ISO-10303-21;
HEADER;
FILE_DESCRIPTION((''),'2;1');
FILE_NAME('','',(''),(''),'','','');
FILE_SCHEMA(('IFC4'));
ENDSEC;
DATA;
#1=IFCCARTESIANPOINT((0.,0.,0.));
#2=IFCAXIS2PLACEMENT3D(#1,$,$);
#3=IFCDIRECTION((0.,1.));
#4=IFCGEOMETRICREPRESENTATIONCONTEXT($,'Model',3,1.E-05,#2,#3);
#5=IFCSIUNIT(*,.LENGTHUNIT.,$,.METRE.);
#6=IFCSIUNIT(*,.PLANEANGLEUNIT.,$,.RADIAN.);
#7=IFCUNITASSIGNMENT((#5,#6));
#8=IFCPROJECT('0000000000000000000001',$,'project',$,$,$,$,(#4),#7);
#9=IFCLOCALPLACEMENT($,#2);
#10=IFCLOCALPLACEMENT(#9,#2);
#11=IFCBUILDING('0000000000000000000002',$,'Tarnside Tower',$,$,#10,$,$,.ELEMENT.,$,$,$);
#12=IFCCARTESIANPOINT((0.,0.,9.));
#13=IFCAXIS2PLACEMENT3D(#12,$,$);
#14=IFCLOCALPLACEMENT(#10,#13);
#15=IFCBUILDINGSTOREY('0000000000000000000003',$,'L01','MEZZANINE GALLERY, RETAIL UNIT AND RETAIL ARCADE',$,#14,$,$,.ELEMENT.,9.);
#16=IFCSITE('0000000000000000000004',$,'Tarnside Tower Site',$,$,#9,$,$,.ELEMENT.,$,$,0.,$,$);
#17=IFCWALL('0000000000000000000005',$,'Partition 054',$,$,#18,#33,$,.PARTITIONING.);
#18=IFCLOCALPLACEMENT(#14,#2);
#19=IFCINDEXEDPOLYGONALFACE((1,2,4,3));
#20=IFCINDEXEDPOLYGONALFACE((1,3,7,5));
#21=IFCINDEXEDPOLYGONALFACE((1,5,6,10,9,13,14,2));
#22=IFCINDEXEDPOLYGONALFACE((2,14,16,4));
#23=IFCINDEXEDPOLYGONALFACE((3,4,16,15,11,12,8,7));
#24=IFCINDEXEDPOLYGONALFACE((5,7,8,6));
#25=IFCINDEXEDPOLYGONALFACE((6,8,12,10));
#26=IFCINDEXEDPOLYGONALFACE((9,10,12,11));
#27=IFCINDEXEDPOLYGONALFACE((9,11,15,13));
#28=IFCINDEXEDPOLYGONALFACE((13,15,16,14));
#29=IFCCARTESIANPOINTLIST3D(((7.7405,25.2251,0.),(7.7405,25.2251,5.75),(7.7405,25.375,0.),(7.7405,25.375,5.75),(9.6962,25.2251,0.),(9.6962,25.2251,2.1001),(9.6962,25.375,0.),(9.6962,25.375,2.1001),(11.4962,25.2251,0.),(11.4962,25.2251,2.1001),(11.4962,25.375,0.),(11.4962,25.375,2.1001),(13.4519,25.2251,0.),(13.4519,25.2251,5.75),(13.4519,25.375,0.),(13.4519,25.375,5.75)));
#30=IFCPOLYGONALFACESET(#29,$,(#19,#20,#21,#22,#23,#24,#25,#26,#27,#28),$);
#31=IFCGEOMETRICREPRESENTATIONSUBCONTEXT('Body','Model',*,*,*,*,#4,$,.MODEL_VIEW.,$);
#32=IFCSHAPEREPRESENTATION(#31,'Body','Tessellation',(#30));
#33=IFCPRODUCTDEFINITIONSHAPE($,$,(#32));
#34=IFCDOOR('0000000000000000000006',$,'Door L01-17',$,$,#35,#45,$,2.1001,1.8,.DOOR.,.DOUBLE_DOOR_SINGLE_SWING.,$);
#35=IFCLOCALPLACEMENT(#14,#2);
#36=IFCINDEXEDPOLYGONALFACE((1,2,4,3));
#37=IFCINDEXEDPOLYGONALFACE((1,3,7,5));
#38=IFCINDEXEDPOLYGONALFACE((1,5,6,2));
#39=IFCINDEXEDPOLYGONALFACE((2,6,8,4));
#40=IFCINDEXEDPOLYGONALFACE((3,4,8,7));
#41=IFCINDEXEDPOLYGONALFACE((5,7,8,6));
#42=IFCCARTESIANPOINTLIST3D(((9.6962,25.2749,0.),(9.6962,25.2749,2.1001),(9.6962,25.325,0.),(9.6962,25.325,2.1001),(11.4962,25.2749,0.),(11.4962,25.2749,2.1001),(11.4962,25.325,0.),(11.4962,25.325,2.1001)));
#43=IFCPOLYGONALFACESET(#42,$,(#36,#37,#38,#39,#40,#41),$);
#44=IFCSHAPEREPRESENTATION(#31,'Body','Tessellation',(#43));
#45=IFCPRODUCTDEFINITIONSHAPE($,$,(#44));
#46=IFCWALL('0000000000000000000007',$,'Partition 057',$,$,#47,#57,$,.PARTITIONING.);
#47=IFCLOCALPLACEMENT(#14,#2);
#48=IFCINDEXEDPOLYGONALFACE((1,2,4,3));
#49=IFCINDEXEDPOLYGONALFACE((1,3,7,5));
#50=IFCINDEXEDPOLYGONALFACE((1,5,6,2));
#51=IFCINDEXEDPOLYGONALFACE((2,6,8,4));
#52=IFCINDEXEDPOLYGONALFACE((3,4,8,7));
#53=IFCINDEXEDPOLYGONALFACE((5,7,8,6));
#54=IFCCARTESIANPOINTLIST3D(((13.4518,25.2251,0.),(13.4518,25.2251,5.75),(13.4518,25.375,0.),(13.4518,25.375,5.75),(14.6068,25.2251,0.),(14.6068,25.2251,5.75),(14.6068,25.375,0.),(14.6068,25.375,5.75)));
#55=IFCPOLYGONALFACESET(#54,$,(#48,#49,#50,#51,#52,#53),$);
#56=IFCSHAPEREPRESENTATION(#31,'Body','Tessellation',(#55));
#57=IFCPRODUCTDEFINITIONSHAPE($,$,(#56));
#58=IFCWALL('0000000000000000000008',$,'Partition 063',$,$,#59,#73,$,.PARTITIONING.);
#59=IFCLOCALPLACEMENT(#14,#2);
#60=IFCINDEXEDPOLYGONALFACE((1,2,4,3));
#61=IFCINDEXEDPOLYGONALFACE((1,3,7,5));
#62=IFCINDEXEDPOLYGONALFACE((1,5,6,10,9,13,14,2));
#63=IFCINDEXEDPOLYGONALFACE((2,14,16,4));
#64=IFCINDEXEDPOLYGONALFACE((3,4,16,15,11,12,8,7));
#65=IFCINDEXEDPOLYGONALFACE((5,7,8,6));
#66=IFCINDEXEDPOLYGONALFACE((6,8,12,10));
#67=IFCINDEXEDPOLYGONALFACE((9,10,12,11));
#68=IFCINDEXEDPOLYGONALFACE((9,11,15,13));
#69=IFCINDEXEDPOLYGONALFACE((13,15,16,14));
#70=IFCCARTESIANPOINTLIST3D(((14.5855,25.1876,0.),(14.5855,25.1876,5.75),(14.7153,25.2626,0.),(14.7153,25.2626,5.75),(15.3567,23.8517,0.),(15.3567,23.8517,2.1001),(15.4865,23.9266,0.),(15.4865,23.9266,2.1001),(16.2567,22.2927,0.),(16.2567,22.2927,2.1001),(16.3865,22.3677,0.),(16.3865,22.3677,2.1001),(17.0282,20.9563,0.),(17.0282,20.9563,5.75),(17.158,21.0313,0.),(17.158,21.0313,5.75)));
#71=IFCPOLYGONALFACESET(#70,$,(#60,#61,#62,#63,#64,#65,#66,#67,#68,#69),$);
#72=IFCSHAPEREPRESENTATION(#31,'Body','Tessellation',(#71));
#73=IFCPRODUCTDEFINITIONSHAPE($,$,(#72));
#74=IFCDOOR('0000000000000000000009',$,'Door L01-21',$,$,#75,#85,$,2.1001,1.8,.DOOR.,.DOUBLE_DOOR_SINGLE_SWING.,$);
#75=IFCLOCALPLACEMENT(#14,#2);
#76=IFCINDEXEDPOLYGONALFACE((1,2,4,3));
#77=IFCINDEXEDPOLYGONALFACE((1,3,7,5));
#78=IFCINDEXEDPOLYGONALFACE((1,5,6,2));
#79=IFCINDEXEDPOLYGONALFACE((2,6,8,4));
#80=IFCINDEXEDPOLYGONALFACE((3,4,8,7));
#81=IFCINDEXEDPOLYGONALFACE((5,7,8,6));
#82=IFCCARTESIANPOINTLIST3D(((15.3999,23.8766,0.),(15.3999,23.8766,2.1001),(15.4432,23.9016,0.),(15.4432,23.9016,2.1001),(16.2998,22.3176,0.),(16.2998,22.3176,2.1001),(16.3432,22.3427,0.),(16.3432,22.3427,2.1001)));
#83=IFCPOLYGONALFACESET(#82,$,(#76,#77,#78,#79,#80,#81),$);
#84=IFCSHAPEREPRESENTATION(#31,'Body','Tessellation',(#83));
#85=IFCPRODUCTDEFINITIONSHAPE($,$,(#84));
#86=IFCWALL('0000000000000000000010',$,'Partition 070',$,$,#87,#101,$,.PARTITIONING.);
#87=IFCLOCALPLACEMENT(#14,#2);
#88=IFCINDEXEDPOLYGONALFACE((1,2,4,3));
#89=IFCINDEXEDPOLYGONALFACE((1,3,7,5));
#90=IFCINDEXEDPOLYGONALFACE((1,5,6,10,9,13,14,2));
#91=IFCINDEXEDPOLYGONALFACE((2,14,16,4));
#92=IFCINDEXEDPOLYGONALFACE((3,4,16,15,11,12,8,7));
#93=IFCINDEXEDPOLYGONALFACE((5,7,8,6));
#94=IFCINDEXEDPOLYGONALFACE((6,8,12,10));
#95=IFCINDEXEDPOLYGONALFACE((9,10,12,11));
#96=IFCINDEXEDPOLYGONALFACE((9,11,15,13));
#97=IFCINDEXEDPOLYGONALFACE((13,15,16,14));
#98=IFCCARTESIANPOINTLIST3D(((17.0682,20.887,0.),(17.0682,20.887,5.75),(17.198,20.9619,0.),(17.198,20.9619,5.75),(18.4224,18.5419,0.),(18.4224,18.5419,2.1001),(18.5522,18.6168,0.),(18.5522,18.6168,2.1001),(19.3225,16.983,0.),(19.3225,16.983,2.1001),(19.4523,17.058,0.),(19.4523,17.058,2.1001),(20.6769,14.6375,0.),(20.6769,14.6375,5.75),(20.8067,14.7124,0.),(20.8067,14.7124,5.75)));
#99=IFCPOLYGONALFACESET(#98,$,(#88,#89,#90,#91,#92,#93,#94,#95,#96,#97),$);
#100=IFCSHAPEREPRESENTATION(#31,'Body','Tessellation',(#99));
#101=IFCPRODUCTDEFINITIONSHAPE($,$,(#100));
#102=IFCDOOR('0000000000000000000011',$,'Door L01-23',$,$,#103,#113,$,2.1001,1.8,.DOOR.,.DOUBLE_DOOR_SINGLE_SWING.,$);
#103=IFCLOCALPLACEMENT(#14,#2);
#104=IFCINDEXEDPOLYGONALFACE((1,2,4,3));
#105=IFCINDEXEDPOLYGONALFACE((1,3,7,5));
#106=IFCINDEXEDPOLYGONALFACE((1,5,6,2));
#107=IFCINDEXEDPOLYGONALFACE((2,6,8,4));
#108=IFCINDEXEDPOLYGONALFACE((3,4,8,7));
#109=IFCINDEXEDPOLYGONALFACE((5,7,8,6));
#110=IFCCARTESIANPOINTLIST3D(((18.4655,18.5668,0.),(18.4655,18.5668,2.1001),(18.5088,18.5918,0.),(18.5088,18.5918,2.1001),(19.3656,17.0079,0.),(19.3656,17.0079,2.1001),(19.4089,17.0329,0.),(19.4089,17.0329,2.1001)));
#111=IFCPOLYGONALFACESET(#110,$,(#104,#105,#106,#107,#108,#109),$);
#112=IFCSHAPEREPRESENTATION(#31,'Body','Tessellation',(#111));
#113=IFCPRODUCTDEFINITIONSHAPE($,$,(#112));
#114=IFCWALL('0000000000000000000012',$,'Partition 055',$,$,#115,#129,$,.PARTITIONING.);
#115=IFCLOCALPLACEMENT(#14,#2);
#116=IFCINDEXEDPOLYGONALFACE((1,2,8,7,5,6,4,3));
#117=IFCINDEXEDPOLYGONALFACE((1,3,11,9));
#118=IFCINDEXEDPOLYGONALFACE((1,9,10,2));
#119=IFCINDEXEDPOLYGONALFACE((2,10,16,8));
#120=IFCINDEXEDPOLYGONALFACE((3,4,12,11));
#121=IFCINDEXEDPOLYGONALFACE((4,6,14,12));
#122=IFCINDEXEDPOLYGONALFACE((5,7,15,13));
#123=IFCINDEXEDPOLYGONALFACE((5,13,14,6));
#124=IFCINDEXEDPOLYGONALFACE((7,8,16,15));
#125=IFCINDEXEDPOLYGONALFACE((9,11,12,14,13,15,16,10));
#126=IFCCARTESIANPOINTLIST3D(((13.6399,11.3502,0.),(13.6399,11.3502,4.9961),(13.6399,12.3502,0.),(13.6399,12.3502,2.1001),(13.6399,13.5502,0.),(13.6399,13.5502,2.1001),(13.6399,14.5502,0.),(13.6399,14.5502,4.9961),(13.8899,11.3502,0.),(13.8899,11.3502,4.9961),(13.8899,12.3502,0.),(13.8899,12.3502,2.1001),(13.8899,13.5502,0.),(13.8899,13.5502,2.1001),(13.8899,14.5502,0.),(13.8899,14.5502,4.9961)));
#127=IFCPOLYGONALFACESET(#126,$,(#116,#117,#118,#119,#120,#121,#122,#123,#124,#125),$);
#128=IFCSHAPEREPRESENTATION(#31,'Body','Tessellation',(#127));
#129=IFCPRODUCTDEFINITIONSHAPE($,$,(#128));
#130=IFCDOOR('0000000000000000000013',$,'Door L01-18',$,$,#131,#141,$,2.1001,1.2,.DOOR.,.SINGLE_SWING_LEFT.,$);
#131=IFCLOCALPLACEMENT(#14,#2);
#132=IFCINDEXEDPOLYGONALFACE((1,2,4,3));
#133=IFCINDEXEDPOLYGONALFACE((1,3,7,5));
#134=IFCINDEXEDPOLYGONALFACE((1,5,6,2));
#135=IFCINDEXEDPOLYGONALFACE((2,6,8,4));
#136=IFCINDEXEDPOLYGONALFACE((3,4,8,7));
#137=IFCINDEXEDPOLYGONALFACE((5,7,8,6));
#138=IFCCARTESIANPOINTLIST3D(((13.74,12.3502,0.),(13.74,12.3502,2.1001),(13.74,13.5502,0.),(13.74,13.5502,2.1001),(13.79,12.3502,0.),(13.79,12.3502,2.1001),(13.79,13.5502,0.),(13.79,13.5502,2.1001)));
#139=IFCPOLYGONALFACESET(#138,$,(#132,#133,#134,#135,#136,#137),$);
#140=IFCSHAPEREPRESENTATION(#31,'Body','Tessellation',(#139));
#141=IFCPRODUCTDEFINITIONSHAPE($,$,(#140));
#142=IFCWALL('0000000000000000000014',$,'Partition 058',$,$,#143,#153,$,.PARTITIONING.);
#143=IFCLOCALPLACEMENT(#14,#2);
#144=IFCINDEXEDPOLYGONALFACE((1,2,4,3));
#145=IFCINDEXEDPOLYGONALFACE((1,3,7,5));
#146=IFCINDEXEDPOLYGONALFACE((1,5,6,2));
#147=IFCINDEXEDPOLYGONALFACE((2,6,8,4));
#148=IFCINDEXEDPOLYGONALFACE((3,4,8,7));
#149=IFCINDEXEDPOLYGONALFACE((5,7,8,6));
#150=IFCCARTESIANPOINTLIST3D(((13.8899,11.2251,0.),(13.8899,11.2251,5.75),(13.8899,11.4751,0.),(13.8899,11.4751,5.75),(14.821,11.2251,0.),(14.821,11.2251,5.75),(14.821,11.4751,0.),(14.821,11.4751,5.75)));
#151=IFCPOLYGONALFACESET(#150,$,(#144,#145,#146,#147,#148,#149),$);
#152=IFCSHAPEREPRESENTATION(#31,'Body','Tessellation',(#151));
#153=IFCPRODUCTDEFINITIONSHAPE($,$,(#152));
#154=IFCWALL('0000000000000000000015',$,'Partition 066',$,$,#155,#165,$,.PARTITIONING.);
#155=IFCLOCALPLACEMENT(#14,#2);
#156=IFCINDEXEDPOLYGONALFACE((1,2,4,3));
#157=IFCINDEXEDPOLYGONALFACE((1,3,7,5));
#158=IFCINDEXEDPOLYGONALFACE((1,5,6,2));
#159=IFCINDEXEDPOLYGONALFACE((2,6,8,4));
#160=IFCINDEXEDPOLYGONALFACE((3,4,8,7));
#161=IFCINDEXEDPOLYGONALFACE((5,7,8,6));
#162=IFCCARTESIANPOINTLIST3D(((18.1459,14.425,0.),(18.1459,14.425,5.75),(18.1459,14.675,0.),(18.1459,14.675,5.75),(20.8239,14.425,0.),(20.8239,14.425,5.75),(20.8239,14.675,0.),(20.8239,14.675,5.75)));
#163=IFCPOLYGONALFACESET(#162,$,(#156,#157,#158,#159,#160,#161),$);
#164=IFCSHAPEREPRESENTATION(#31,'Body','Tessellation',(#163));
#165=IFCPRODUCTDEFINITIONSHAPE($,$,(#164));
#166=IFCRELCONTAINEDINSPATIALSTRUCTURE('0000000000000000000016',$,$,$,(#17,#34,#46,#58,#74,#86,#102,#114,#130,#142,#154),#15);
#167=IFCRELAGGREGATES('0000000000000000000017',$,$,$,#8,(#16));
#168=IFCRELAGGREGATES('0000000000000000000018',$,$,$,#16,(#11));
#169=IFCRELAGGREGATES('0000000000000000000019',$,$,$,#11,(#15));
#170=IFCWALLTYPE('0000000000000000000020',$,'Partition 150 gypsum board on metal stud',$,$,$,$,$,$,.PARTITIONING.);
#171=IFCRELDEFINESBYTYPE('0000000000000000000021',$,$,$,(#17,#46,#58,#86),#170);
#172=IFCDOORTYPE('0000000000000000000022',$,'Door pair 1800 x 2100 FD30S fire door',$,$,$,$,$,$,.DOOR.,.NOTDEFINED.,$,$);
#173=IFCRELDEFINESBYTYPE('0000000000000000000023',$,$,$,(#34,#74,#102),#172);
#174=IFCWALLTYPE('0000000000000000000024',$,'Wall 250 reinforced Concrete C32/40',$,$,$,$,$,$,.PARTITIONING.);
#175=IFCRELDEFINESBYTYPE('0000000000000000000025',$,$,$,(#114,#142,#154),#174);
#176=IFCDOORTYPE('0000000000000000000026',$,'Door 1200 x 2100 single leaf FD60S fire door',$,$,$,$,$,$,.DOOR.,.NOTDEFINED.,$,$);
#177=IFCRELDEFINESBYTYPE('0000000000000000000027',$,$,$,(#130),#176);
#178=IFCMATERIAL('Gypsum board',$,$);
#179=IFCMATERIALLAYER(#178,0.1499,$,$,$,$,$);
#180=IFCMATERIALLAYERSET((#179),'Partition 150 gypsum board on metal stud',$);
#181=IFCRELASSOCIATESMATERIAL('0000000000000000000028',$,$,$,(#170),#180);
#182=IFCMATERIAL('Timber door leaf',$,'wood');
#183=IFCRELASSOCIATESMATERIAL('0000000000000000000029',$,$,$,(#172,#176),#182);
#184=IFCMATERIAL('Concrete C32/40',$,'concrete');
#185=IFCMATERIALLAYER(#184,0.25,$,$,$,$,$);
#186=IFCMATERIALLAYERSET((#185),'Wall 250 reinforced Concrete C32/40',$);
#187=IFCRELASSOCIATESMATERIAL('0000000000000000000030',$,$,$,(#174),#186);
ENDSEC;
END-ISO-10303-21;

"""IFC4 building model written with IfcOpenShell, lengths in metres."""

from ifc_helpers import new_model, si_unit, direction, frame, frame_2d, origin, place, context, subcontext, project, spatial, rectangle, extrude, material, layer, layer_set, type_object, element, fill, save


model = new_model("IFC4")

# Units and contexts
model_context = context("Model", 3, precision=1e-05, world=origin(), true_north=direction((0.0, 1.0)))
body_context = subcontext(model_context, "Body", "Model", "MODEL_VIEW")
ifc_project = project(units=[si_unit("LENGTHUNIT", "METRE"), si_unit("PLANEANGLEUNIT", "RADIAN")], contexts=[model_context])

# Site, building, storey
site_placement = place(None, origin())
site = spatial("IfcSite", under=ifc_project, at=site_placement, Name="Tarnside Tower Site", CompositionType="ELEMENT", RefElevation=0.0)
building_placement = place(site_placement, origin())
building = spatial("IfcBuilding", under=site, at=building_placement, Name="Tarnside Tower", CompositionType="ELEMENT")
storey_placement = place(building_placement, frame((0.0, 0.0, 9.0)))
storey = spatial("IfcBuildingStorey", under=building, at=storey_placement, Name="L01", Description="MEZZANINE GALLERY, RETAIL UNIT AND RETAIL ARCADE", CompositionType="ELEMENT", Elevation=9.0)

# Shared definitions
ifc_material_1 = material(Name="Gypsum board")
ifc_layer_1 = layer(ifc_material_1, 0.1499)
ifc_layer_set_1 = layer_set([ifc_layer_1], Name="Partition 150 gypsum board on metal stud")
wall_type_1 = type_object("IfcWallType", Name="Partition 150 gypsum board on metal stud", PredefinedType="PARTITIONING", material=ifc_layer_set_1)

# Wall, opening, door
wall_1_placement = place(storey_placement, frame((7.7405, 25.3, 0.0), z_axis=(0.0, 0.0, 1.0), x_axis=(1.0, 0.0, 0.0)))
wall_1 = element("IfcWall", 1, at=wall_1_placement, inside=storey, type_object=wall_type_1, Name="Partition 054", PredefinedType="PARTITIONING", context=body_context, shape_type="SweptSolid", body=[
    extrude(rectangle(XDim=5.7114, YDim=0.1499, at=frame_2d((2.8557, 0.0))), origin(), (0.0, 0.0, 1.0), 5.75),
])
opening_1_placement = place(wall_1_placement, frame((1.9558, 0.0, 0.0)))
opening_1 = element("IfcOpeningElement", 2, at=opening_1_placement, cuts=wall_1, PredefinedType="OPENING", context=body_context, shape_type="SweptSolid", body=[
    extrude(rectangle(XDim=1.8, YDim=2.1001, at=frame_2d((0.8999, 1.05))), frame((0.0, 0.085, 0.0), z_axis=(0.0, -1.0, 0.0), x_axis=(1.0, 0.0, 0.0)), (0.0, 0.0, 1.0), 0.1699),
])
ifc_material_2 = material(Name="Timber door leaf", Category="wood")
door_type_1 = type_object("IfcDoorType", Name="Door pair 1800 x 2100 FD30S fire door", OperationType="NOTDEFINED", PredefinedType="DOOR", material=ifc_material_2)
door_1_placement = place(opening_1_placement, origin())
door_1 = element("IfcDoor", 3, at=door_1_placement, inside=storey, type_object=door_type_1, Name="Door L01-17", OperationType="DOUBLE_DOOR_SINGLE_SWING", OverallHeight=2.1001, OverallWidth=1.8, PredefinedType="DOOR", context=body_context, shape_type="SweptSolid", body=[
    extrude(rectangle(XDim=1.8, YDim=2.1001, at=frame_2d((0.8999, 1.05))), frame((0.0, 0.0249, 0.0), z_axis=(0.0, -1.0, 0.0), x_axis=(1.0, 0.0, 0.0)), (0.0, 0.0, 1.0), 0.05),
])
fill(opening_1, door_1)

# Wall
wall_2_placement = place(storey_placement, frame((14.6069, 25.3, 0.0), z_axis=(0.0, 0.0, 1.0), x_axis=(-1.0, 0.0, 0.0)))
element("IfcWall", 4, at=wall_2_placement, inside=storey, type_object=wall_type_1, Name="Partition 057", PredefinedType="PARTITIONING", context=body_context, shape_type="SweptSolid", body=[
    extrude(rectangle(XDim=1.155, YDim=0.1499, at=frame_2d((0.5776, 0.0))), origin(), (0.0, 0.0, 1.0), 5.75),
])

# Walls, openings, doors
wall_3_placement = place(storey_placement, frame((14.6504, 25.2251, 0.0), z_axis=(0.0, 0.0, 1.0), x_axis=(0.49996, -0.866048, 0.0)))
wall_3 = element("IfcWall", 5, at=wall_3_placement, inside=storey, type_object=wall_type_1, Name="Partition 063", PredefinedType="PARTITIONING", context=body_context, shape_type="SweptSolid", body=[
    extrude(rectangle(XDim=4.8857, YDim=0.1499, at=frame_2d((2.4429, 0.0))), origin(), (0.0, 0.0, 1.0), 5.75),
])
opening_2_placement = place(wall_3_placement, frame((1.5427, 0.0, 0.0)))
opening_2 = element("IfcOpeningElement", 6, at=opening_2_placement, cuts=wall_3, PredefinedType="OPENING", context=body_context, shape_type="SweptSolid", body=[
    extrude(rectangle(XDim=1.8, YDim=2.1001, at=frame_2d((0.8999, 1.05))), frame((0.0, 0.085, 0.0), z_axis=(0.0, -1.0, 0.0), x_axis=(1.0, 0.0, 0.0)), (0.0, 0.0, 1.0), 0.1699),
])
door_2_placement = place(opening_2_placement, origin())
door_2 = element("IfcDoor", 7, at=door_2_placement, inside=storey, type_object=door_type_1, Name="Door L01-21", OperationType="DOUBLE_DOOR_SINGLE_SWING", OverallHeight=2.1001, OverallWidth=1.8, PredefinedType="DOOR", context=body_context, shape_type="SweptSolid", body=[
    extrude(rectangle(XDim=1.8, YDim=2.1001, at=frame_2d((0.8999, 1.05))), frame((0.0, 0.0249, 0.0), z_axis=(0.0, -1.0, 0.0), x_axis=(1.0, 0.0, 0.0)), (0.0, 0.0, 1.0), 0.05),
])
fill(opening_2, door_2)
wall_4_placement = place(storey_placement, frame((17.1331, 20.9246, 0.0), z_axis=(0.0, 0.0, 1.0), x_axis=(0.50005, -0.865996, 0.0)))
wall_4 = element("IfcWall", 8, at=wall_4_placement, inside=storey, type_object=wall_type_1, Name="Partition 070", PredefinedType="PARTITIONING", context=body_context, shape_type="SweptSolid", body=[
    extrude(rectangle(XDim=7.2166, YDim=0.1499, at=frame_2d((3.6084, 0.0))), origin(), (0.0, 0.0, 1.0), 5.75),
])
opening_3_placement = place(wall_4_placement, frame((2.7083, 0.0, 0.0)))
opening_3 = element("IfcOpeningElement", 9, at=opening_3_placement, cuts=wall_4, PredefinedType="OPENING", context=body_context, shape_type="SweptSolid", body=[
    extrude(rectangle(XDim=1.8, YDim=2.1001, at=frame_2d((0.8999, 1.05))), frame((0.0, 0.085, 0.0), z_axis=(0.0, -1.0, 0.0), x_axis=(1.0, 0.0, 0.0)), (0.0, 0.0, 1.0), 0.1699),
])
door_3_placement = place(opening_3_placement, origin())
door_3 = element("IfcDoor", 10, at=door_3_placement, inside=storey, type_object=door_type_1, Name="Door L01-23", OperationType="DOUBLE_DOOR_SINGLE_SWING", OverallHeight=2.1001, OverallWidth=1.8, PredefinedType="DOOR", context=body_context, shape_type="SweptSolid", body=[
    extrude(rectangle(XDim=1.8, YDim=2.1001, at=frame_2d((0.8999, 1.05))), frame((0.0, 0.0249, 0.0), z_axis=(0.0, -1.0, 0.0), x_axis=(1.0, 0.0, 0.0)), (0.0, 0.0, 1.0), 0.05),
])
fill(opening_3, door_3)
ifc_material_3 = material(Name="Concrete C32/40", Category="concrete")
ifc_layer_2 = layer(ifc_material_3, 0.25)
ifc_layer_set_2 = layer_set([ifc_layer_2], Name="Wall 250 reinforced Concrete C32/40")
wall_type_2 = type_object("IfcWallType", Name="Wall 250 reinforced Concrete C32/40", PredefinedType="PARTITIONING", material=ifc_layer_set_2)
wall_5_placement = place(storey_placement, frame((13.7649, 11.3501, 0.0), z_axis=(0.0, 0.0, 1.0), x_axis=(0.0, 1.0, 0.0)))
wall_5 = element("IfcWall", 11, at=wall_5_placement, inside=storey, type_object=wall_type_2, Name="Partition 055", PredefinedType="PARTITIONING", context=body_context, shape_type="SweptSolid", body=[
    extrude(rectangle(XDim=3.2, YDim=0.25, at=frame_2d((1.6001, 0.0))), origin(), (0.0, 0.0, 1.0), 4.9961),
])
opening_4_placement = place(wall_5_placement, frame((1.0, 0.0, 0.0)))
opening_4 = element("IfcOpeningElement", 12, at=opening_4_placement, cuts=wall_5, PredefinedType="OPENING", context=body_context, shape_type="SweptSolid", body=[
    extrude(rectangle(XDim=1.2, YDim=2.1001, at=frame_2d((0.6001, 1.05))), frame((0.0, 0.135, 0.0), z_axis=(0.0, -1.0, 0.0), x_axis=(1.0, 0.0, 0.0)), (0.0, 0.0, 1.0), 0.27),
])
door_type_2 = type_object("IfcDoorType", Name="Door 1200 x 2100 single leaf FD60S fire door", OperationType="NOTDEFINED", PredefinedType="DOOR", material=ifc_material_2)
door_4_placement = place(opening_4_placement, origin())
door_4 = element("IfcDoor", 13, at=door_4_placement, inside=storey, type_object=door_type_2, Name="Door L01-18", OperationType="SINGLE_SWING_LEFT", OverallHeight=2.1001, OverallWidth=1.2, PredefinedType="DOOR", context=body_context, shape_type="SweptSolid", body=[
    extrude(rectangle(XDim=1.2, YDim=2.1001, at=frame_2d((0.6001, 1.05))), frame((0.0, 0.0249, 0.0), z_axis=(0.0, -1.0, 0.0), x_axis=(1.0, 0.0, 0.0)), (0.0, 0.0, 1.0), 0.05),
])
fill(opening_4, door_4)

# Walls
wall_6_placement = place(storey_placement, frame((14.821, 11.3501, 0.0), z_axis=(0.0, 0.0, 1.0), x_axis=(-1.0, 0.0, 0.0)))
element("IfcWall", 14, at=wall_6_placement, inside=storey, type_object=wall_type_2, Name="Partition 058", PredefinedType="PARTITIONING", context=body_context, shape_type="SweptSolid", body=[
    extrude(rectangle(XDim=0.9312, YDim=0.25, at=frame_2d((0.4656, 0.0))), origin(), (0.0, 0.0, 1.0), 5.75),
])
wall_7_placement = place(storey_placement, frame((18.146, 14.55, 0.0), z_axis=(0.0, 0.0, 1.0), x_axis=(1.0, 0.0, 0.0)))
element("IfcWall", 15, at=wall_7_placement, inside=storey, type_object=wall_type_2, Name="Partition 066", PredefinedType="PARTITIONING", context=body_context, shape_type="SweptSolid", body=[
    extrude(rectangle(XDim=2.678, YDim=0.25, at=frame_2d((1.3389, 0.0))), origin(), (0.0, 0.0, 1.0), 5.75),
])

save(model, "model.ifc")
